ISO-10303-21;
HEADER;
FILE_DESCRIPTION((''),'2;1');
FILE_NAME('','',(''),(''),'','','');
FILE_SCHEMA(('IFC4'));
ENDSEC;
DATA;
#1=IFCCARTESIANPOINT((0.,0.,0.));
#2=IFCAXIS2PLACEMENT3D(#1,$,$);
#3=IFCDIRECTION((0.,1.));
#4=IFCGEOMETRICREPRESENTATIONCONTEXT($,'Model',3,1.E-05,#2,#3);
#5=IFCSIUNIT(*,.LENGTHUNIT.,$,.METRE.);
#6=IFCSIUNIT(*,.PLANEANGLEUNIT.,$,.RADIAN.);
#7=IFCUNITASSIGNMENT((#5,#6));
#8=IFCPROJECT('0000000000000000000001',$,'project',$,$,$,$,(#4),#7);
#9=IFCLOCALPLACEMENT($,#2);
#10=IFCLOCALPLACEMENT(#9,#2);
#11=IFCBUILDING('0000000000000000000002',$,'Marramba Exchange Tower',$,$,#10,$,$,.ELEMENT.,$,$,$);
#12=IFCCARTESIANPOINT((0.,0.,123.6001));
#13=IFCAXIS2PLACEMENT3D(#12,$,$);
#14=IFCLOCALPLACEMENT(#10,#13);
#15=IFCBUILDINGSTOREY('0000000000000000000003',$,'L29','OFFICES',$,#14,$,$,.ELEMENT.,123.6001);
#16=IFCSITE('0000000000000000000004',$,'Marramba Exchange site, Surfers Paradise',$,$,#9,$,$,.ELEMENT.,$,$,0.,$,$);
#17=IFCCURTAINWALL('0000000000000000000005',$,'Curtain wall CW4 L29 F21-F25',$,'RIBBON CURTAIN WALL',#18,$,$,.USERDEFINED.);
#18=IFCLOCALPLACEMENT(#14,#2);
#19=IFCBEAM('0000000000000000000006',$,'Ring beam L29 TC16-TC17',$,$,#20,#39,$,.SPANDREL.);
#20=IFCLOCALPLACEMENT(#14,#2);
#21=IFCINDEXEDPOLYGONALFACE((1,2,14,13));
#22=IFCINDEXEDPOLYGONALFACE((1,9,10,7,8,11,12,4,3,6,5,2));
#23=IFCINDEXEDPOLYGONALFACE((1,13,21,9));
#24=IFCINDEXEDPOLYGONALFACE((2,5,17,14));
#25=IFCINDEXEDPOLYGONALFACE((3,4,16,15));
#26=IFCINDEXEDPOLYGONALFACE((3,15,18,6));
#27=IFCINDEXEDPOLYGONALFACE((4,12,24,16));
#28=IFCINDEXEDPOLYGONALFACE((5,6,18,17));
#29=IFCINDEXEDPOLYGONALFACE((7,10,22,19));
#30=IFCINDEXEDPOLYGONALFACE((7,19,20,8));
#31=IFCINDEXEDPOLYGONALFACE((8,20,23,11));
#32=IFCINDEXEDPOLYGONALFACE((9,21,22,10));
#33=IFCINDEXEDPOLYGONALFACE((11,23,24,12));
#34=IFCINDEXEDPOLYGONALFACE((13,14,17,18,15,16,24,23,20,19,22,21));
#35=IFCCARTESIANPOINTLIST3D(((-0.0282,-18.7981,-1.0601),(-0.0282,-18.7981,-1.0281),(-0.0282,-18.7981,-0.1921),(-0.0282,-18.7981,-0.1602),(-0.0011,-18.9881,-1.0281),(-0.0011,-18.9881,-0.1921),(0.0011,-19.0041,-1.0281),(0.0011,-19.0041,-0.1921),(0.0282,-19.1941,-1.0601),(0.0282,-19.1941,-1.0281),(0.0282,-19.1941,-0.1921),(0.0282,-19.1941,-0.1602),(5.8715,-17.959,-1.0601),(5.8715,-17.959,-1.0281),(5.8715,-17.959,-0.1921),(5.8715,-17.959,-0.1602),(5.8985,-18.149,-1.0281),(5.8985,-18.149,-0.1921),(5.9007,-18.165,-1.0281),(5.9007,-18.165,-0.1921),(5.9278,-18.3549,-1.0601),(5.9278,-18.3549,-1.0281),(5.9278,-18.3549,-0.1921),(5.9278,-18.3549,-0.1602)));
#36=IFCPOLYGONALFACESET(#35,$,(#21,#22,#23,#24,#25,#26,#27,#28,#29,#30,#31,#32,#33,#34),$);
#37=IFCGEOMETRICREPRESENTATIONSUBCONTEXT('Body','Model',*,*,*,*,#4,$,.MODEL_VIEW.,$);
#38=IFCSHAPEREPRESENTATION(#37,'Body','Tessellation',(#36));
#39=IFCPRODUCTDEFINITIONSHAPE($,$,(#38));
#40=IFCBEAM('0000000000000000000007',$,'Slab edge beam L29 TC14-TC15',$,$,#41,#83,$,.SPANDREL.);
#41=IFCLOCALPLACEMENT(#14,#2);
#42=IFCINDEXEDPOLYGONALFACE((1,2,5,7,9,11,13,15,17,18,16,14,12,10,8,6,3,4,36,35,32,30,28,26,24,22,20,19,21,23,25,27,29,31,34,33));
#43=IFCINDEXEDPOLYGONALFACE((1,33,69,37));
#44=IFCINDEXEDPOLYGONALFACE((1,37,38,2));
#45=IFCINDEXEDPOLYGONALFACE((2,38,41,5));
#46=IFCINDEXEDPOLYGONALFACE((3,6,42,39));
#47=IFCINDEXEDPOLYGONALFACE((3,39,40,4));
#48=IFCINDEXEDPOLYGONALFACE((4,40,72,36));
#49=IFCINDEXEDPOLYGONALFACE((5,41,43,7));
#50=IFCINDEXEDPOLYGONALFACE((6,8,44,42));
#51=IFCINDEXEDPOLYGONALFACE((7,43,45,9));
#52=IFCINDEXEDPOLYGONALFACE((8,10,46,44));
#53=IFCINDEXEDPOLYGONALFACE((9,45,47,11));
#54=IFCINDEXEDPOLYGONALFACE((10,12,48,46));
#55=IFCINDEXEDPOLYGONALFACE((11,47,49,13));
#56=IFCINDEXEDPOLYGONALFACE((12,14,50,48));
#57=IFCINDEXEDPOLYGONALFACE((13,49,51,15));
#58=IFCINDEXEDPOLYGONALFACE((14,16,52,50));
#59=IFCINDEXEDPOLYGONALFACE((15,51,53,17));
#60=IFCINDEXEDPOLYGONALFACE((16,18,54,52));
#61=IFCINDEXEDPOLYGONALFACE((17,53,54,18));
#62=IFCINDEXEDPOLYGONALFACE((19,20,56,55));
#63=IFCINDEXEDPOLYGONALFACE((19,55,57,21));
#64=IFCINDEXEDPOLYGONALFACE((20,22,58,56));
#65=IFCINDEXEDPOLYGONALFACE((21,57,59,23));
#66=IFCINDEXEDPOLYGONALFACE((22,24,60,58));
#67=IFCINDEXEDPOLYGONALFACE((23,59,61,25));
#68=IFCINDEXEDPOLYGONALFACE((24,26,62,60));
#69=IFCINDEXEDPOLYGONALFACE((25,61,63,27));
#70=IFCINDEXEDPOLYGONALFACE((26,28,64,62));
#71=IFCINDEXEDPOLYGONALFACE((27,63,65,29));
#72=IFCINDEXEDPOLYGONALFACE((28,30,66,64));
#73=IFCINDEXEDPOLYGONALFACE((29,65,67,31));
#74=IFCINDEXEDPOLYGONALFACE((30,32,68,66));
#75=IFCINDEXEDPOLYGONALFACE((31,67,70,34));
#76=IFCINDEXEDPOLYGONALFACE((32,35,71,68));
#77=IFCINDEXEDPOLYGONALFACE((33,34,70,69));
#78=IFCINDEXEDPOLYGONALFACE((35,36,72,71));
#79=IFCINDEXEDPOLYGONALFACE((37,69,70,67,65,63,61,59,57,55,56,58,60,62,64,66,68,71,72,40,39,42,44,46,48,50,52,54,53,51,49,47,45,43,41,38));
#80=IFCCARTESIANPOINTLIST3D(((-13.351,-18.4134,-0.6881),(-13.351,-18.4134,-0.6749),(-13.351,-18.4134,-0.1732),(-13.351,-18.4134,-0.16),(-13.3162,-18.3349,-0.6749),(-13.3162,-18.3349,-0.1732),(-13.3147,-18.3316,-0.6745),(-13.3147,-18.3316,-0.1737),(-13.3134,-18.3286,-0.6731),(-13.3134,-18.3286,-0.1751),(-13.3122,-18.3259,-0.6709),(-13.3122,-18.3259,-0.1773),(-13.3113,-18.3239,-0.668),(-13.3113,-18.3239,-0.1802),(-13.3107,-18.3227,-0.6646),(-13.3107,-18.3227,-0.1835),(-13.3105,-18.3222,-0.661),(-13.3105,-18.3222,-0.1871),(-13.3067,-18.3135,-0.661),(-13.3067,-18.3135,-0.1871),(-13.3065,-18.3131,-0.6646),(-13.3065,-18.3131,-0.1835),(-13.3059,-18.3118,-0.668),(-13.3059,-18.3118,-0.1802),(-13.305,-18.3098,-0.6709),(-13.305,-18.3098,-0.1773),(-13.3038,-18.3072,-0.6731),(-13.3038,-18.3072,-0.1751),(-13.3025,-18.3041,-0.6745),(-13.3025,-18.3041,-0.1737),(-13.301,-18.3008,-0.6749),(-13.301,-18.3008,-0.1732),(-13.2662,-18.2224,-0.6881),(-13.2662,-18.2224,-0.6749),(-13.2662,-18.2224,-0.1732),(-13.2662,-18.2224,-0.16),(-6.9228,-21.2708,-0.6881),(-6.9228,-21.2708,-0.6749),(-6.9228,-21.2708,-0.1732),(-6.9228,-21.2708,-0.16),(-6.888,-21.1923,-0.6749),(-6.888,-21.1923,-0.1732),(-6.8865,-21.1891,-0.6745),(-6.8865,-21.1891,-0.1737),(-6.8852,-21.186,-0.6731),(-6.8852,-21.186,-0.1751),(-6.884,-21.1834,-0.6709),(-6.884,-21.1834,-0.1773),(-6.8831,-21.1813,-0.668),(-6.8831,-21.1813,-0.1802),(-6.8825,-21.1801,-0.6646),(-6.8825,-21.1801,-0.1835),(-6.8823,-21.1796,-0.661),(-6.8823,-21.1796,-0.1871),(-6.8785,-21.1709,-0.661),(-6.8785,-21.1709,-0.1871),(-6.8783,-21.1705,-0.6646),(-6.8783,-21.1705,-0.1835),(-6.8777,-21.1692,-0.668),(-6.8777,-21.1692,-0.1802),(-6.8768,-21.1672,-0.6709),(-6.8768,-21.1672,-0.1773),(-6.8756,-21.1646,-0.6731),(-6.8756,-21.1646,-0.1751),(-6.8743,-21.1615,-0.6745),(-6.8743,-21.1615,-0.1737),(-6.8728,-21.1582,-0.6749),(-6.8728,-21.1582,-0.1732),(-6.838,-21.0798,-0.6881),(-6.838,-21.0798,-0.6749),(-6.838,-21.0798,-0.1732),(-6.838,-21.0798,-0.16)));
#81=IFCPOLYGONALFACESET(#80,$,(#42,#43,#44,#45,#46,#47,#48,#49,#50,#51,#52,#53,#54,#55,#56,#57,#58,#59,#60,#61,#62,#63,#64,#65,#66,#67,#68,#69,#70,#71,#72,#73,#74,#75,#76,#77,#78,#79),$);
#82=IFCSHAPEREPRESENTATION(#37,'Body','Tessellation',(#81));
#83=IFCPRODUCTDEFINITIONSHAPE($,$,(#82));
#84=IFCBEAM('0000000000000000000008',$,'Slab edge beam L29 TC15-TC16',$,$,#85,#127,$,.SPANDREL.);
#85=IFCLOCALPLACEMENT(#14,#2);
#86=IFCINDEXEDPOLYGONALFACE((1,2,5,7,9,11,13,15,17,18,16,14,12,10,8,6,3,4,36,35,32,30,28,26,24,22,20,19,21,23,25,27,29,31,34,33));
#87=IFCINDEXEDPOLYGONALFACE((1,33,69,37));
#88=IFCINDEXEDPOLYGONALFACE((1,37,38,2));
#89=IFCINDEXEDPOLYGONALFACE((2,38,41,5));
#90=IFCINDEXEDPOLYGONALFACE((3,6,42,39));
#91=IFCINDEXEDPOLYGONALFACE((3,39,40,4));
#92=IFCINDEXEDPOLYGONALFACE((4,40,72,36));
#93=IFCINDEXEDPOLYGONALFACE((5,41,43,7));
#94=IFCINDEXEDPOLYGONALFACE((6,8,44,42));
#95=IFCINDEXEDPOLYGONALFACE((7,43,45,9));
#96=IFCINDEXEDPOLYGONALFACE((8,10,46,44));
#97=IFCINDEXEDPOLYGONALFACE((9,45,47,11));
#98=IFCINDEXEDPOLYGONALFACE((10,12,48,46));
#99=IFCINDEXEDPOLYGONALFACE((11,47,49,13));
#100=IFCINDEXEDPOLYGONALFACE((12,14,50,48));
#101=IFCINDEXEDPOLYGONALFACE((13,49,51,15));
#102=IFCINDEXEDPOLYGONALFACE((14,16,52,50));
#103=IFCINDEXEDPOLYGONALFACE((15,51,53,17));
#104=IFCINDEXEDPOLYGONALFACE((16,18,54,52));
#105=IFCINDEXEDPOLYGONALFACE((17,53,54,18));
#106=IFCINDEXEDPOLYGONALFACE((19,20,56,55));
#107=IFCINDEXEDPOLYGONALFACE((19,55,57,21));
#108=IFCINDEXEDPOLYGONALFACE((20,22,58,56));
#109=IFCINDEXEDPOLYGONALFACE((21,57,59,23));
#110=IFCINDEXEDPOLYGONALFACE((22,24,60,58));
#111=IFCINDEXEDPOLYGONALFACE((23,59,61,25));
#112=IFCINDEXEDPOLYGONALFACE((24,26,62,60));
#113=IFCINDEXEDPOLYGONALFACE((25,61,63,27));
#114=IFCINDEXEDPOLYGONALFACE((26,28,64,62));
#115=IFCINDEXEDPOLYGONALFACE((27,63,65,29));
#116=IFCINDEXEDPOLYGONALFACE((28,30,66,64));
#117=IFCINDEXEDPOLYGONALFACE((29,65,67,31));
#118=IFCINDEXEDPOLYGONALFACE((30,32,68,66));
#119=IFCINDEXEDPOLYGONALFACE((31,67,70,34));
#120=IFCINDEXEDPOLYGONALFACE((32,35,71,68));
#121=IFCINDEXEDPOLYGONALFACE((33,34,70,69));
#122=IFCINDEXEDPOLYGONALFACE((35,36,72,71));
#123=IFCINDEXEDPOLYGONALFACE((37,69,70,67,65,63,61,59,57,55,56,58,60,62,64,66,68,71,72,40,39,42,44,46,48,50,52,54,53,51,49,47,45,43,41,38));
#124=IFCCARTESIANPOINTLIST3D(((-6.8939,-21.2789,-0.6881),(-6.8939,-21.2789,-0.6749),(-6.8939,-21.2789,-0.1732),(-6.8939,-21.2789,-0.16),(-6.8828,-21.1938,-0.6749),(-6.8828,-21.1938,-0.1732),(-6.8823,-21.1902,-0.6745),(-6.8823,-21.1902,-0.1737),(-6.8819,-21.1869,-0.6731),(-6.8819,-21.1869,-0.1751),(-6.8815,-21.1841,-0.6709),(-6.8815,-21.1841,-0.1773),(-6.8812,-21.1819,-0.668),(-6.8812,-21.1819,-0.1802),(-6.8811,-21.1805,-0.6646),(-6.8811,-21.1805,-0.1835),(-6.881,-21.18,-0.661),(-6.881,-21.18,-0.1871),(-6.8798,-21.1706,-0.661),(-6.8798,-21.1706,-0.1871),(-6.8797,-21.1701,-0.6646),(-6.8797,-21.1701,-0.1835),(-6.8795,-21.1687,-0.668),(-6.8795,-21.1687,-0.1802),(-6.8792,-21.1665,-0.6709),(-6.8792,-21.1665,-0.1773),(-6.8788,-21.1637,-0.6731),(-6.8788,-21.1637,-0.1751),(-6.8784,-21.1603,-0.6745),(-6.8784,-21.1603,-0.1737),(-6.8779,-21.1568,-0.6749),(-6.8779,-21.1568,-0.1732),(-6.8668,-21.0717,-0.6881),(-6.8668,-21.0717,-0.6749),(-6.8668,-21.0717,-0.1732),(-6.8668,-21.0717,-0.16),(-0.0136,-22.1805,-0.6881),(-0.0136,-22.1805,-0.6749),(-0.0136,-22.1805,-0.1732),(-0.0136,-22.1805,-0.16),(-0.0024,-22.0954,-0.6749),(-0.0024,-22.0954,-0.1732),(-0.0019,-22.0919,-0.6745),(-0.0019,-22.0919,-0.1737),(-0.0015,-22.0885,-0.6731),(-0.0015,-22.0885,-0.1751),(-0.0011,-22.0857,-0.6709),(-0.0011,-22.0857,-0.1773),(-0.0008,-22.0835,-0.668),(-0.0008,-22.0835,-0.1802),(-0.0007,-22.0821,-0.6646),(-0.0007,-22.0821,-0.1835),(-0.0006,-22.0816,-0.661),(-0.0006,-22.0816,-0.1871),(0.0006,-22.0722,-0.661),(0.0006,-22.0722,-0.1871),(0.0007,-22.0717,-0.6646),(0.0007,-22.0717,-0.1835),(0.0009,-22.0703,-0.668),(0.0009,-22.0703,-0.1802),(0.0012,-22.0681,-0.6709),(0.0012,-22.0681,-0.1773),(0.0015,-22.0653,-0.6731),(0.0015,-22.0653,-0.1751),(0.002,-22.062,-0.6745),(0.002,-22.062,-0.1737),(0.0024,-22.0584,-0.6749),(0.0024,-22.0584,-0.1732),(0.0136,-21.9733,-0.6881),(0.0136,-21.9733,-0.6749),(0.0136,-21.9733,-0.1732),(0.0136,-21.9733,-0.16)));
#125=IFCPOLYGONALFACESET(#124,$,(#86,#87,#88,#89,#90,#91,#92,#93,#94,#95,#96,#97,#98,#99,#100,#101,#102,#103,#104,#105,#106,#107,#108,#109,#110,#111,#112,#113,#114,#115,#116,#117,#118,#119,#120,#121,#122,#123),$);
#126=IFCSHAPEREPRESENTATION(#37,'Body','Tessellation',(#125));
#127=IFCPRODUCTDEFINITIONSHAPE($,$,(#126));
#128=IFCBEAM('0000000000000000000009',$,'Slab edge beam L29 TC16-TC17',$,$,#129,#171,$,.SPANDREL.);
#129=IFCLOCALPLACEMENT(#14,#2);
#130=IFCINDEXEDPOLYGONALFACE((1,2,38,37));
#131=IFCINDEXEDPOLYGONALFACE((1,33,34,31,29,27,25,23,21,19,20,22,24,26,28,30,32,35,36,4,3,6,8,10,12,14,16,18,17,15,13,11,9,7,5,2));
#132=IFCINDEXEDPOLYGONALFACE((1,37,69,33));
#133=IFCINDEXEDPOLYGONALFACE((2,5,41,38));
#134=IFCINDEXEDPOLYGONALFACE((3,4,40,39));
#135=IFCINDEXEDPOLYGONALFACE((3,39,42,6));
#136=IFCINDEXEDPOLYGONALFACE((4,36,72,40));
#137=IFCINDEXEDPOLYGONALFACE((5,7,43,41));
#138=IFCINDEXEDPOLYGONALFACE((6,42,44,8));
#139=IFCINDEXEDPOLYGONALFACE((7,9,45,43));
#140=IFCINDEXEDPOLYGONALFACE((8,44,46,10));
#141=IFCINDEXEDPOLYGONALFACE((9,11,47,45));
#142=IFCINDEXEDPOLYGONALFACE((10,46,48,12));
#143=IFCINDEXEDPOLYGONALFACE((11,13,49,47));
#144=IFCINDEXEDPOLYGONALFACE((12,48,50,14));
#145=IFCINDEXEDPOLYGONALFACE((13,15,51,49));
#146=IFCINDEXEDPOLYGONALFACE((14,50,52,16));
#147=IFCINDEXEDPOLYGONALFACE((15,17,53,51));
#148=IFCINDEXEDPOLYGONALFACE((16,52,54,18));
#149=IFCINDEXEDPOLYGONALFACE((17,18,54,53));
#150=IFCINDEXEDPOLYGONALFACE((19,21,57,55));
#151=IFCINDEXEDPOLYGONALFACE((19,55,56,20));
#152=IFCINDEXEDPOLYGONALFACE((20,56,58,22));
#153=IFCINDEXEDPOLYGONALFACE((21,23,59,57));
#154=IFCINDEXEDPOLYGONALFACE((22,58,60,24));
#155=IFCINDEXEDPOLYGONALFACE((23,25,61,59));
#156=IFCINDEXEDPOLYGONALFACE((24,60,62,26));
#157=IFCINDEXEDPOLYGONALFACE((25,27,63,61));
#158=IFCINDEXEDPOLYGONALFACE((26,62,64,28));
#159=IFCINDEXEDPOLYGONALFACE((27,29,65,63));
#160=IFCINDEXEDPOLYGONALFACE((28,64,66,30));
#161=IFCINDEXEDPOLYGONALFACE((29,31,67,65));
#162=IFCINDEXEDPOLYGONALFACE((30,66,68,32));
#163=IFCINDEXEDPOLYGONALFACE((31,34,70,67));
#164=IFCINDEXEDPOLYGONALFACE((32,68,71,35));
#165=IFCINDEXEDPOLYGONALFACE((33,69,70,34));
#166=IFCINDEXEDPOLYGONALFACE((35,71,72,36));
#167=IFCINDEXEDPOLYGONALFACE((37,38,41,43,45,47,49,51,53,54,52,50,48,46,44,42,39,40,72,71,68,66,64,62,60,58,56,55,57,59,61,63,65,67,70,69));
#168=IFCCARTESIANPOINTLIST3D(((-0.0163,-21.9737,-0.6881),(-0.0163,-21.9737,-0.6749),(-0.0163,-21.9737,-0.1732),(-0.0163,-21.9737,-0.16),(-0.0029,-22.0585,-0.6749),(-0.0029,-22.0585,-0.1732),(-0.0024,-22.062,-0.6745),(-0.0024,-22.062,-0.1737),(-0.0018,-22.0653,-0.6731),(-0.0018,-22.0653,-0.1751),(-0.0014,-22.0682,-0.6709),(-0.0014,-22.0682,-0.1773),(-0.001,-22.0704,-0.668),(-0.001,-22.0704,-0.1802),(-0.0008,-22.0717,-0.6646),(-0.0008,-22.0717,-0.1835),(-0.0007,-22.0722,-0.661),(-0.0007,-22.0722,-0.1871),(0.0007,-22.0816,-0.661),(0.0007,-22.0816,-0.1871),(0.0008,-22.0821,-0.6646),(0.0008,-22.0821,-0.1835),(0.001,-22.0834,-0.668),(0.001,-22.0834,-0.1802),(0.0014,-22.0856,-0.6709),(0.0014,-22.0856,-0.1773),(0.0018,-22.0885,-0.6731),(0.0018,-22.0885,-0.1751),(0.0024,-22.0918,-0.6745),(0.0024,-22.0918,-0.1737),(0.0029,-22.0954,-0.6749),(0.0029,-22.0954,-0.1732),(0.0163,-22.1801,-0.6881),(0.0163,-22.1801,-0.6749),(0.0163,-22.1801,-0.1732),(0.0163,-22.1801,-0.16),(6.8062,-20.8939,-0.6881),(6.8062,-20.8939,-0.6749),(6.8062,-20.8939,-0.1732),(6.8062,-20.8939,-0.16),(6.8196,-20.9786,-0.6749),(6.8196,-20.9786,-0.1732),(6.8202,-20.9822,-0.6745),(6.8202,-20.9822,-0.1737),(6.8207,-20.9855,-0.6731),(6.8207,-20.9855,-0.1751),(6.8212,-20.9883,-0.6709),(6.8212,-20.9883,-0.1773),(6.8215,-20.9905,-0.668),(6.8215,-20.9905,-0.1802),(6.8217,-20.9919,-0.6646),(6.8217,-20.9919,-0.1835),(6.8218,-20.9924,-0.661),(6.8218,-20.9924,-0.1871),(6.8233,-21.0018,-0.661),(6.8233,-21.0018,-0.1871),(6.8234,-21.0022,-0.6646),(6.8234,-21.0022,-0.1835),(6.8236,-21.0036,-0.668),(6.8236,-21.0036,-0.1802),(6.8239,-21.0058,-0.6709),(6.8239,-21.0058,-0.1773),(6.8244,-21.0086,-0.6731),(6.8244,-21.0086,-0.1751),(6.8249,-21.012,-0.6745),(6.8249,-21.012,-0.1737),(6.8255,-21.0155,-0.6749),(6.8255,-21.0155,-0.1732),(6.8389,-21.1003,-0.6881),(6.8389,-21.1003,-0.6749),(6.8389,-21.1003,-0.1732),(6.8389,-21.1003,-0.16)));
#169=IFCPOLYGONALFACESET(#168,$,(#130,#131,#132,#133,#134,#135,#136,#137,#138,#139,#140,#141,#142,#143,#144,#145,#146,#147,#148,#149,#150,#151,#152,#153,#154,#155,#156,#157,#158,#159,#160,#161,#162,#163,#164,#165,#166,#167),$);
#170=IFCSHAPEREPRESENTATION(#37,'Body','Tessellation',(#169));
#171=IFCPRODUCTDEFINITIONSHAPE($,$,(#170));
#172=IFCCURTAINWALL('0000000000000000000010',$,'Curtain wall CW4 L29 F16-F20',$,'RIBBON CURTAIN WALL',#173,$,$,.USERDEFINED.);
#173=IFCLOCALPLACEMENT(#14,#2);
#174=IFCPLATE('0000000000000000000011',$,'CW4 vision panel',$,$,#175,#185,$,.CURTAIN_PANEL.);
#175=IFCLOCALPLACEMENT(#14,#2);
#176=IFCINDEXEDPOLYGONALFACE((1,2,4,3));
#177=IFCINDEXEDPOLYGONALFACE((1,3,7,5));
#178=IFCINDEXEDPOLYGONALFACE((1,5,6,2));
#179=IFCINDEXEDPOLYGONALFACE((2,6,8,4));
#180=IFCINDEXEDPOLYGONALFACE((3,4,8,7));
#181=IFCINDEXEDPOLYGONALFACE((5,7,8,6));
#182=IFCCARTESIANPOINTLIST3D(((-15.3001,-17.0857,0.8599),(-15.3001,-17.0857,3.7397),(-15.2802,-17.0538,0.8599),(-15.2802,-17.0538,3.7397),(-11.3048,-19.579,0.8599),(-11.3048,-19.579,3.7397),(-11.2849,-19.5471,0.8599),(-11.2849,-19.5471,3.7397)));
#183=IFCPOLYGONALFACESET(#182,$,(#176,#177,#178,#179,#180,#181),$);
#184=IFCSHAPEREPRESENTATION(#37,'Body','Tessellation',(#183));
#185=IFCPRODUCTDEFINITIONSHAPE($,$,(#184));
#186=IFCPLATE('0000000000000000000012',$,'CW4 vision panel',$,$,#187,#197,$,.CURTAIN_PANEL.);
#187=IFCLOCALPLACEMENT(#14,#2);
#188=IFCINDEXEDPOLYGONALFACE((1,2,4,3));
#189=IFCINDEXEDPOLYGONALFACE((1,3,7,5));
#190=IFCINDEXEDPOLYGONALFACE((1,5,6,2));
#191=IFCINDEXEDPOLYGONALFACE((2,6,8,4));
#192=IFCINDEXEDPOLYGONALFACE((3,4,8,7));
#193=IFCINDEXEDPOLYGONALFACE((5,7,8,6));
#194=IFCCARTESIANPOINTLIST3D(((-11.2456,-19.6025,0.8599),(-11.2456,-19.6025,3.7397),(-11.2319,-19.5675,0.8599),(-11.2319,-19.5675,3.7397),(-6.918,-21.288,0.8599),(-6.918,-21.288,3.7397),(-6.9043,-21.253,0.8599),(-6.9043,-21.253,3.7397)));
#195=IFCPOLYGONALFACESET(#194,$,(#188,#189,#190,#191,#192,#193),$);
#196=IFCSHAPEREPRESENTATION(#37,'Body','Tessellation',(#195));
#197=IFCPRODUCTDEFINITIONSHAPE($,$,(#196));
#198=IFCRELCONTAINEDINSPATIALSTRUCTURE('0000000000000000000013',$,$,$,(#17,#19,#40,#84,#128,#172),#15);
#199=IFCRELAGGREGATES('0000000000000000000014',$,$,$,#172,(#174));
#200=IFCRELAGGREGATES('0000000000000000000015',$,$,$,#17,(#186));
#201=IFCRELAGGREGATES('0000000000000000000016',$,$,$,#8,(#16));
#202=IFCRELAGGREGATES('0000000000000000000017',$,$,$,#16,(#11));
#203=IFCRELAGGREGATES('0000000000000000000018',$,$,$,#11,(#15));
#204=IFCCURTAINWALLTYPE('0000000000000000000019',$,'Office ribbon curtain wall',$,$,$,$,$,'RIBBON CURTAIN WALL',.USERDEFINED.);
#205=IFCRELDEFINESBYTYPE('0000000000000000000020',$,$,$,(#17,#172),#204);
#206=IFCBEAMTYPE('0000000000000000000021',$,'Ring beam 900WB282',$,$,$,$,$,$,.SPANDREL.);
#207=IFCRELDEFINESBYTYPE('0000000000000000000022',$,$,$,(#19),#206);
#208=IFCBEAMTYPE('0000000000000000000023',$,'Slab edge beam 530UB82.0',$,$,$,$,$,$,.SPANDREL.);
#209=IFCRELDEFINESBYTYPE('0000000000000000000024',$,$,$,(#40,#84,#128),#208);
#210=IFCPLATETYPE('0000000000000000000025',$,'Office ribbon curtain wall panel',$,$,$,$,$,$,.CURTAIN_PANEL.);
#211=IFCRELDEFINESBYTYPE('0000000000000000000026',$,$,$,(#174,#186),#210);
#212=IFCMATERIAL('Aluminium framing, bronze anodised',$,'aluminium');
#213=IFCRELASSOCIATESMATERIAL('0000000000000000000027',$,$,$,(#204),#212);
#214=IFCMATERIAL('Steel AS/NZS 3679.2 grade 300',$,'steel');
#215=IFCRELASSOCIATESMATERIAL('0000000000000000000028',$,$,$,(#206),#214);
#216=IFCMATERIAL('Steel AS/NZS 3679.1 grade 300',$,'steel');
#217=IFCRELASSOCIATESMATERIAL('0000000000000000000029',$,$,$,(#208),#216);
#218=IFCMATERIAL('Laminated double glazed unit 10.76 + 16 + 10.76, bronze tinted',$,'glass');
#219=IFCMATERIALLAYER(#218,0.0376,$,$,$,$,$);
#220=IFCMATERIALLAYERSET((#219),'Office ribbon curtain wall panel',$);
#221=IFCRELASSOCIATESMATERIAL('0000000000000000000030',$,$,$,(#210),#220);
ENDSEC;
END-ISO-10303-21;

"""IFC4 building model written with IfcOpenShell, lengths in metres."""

from ifc_helpers import new_model, si_unit, direction, frame, origin, origin_2d, place, context, subcontext, project, spatial, rectangle, i_section, extrude, material, layer, layer_set, material_profile, profile_set, type_object, element, aggregate, save


model = new_model("IFC4")

# Units and contexts
model_context = context("Model", 3, precision=1e-05, world=origin(), true_north=direction((0.0, 1.0)))
body_context = subcontext(model_context, "Body", "Model", "MODEL_VIEW")
ifc_project = project(units=[si_unit("LENGTHUNIT", "METRE"), si_unit("PLANEANGLEUNIT", "RADIAN")], contexts=[model_context])

# Site, building, storey
site_placement = place(None, origin())
site = spatial("IfcSite", under=ifc_project, at=site_placement, Name="Marramba Exchange site, Surfers Paradise", CompositionType="ELEMENT", RefElevation=0.0)
building_placement = place(site_placement, origin())
building = spatial("IfcBuilding", under=site, at=building_placement, Name="Marramba Exchange Tower", CompositionType="ELEMENT")
storey_placement = place(building_placement, frame((0.0, 0.0, 123.6001)))
storey = spatial("IfcBuildingStorey", under=building, at=storey_placement, Name="L29", Description="OFFICES", CompositionType="ELEMENT", Elevation=123.6001)

# Shared definitions
ifc_material_1 = material(Name="Steel AS/NZS 3679.2 grade 300", Category="steel")

# Curtain wall
ifc_material_2 = material(Name="Aluminium framing, bronze anodised", Category="aluminium")
curtain_wall_type = type_object("IfcCurtainWallType", Name="Office ribbon curtain wall", ElementType="RIBBON CURTAIN WALL", PredefinedType="USERDEFINED", material=ifc_material_2)
curtain_wall_1_placement = place(storey_placement, origin())
curtain_wall_1 = element("IfcCurtainWall", 1, at=curtain_wall_1_placement, inside=storey, type_object=curtain_wall_type, Name="Curtain wall CW4 L29 F21-F25", ObjectType="RIBBON CURTAIN WALL", PredefinedType="USERDEFINED")

# Beams
ifc_material_profile_1 = material_profile(ifc_material_1, i_section(OverallWidth=0.3999, OverallDepth=0.8999, WebThickness=0.0161, FlangeThickness=0.032, at=origin_2d()), Name="900WB282")
ifc_profile_set_1 = profile_set([ifc_material_profile_1], Name="Steel AS/NZS 3679.2 grade 300")
beam_type_1 = type_object("IfcBeamType", Name="Ring beam 900WB282", PredefinedType="SPANDREL", material=ifc_profile_set_1)
for number, where, z_axis, x_axis, name in (
    (2, (0.0, -18.9961, -0.6101), (0.990036, 0.140813, 0.0), (-0.140813, 0.990036, 0.0), "Ring beam L29 TC16-TC17"),
):
    element("IfcBeam", number, at=place(storey_placement, frame(where, z_axis=z_axis, x_axis=x_axis)), inside=storey, type_object=beam_type_1, Name=name, PredefinedType="SPANDREL", context=body_context, shape_type="SweptSolid", body=[
        extrude(i_section(OverallWidth=0.3999, OverallDepth=0.8999, WebThickness=0.0161, FlangeThickness=0.032, at=origin_2d()), origin(), (0.0, 0.0, 1.0), 5.959),
    ])
ifc_material_3 = material(Name="Steel AS/NZS 3679.1 grade 300", Category="steel")
ifc_material_profile_2 = material_profile(ifc_material_3, i_section(OverallWidth=0.209, OverallDepth=0.5281, WebThickness=0.0095, FlangeThickness=0.0132, FilletRadius=0.0139, at=origin_2d()), Name="530UB82.0")
ifc_profile_set_2 = profile_set([ifc_material_profile_2], Name="Steel AS/NZS 3679.1 grade 300")
beam_type_2 = type_object("IfcBeamType", Name="Slab edge beam 530UB82.0", PredefinedType="SPANDREL", material=ifc_profile_set_2)
beam_1_placement = place(storey_placement, frame((-13.3086, -18.3179, -0.4241), z_axis=(0.913789, -0.40619, 0.0), x_axis=(0.40619, 0.913789, 0.0)))
element("IfcBeam", 3, at=beam_1_placement, inside=storey, type_object=beam_type_2, Name="Slab edge beam L29 TC14-TC15", PredefinedType="SPANDREL", context=body_context, shape_type="SweptSolid", body=[
    extrude(i_section(OverallWidth=0.209, OverallDepth=0.5281, WebThickness=0.0095, FlangeThickness=0.0132, FilletRadius=0.0139, at=origin_2d()), origin(), (0.0, 0.0, 1.0), 7.0347),
])
beam_2_placement = place(storey_placement, frame((-6.8804, -21.1753, -0.4241), z_axis=(0.991523, -0.12993, 0.0), x_axis=(0.12993, 0.991523, 0.0)))
element("IfcBeam", 4, at=beam_2_placement, inside=storey, type_object=beam_type_2, Name="Slab edge beam L29 TC15-TC16", PredefinedType="SPANDREL", context=body_context, shape_type="SweptSolid", body=[
    extrude(i_section(OverallWidth=0.209, OverallDepth=0.5281, WebThickness=0.0095, FlangeThickness=0.0132, FilletRadius=0.0139, at=origin_2d()), origin(), (0.0, 0.0, 1.0), 6.9392),
])
beam_3_placement = place(storey_placement, frame((0.0, -22.0769, -0.4241), z_axis=(0.987705, 0.156329, 0.0), x_axis=(-0.156329, 0.987705, 0.0)))
element("IfcBeam", 5, at=beam_3_placement, inside=storey, type_object=beam_type_2, Name="Slab edge beam L29 TC16-TC17", PredefinedType="SPANDREL", context=body_context, shape_type="SweptSolid", body=[
    extrude(i_section(OverallWidth=0.209, OverallDepth=0.5281, WebThickness=0.0095, FlangeThickness=0.0132, FilletRadius=0.0139, at=origin_2d()), origin(), (0.0, 0.0, 1.0), 6.9075),
])

# Curtain wall, plate
curtain_wall_2_placement = place(storey_placement, origin())
curtain_wall_2 = element("IfcCurtainWall", 6, at=curtain_wall_2_placement, inside=storey, type_object=curtain_wall_type, Name="Curtain wall CW4 L29 F16-F20", ObjectType="RIBBON CURTAIN WALL", PredefinedType="USERDEFINED")
ifc_material_4 = material(Name="Laminated double glazed unit 10.76 + 16 + 10.76, bronze tinted", Category="glass")
ifc_layer_1 = layer(ifc_material_4, 0.0376)
ifc_layer_set_1 = layer_set([ifc_layer_1], Name="Office ribbon curtain wall panel")
plate_type = type_object("IfcPlateType", Name="Office ribbon curtain wall panel", PredefinedType="CURTAIN_PANEL", material=ifc_layer_set_1)
plate_1_placement = place(storey_placement, frame((-13.2925, -18.3164, 0.8599), z_axis=(0.0, 0.0, 1.0), x_axis=(0.848355, -0.529428, 0.0)))
plate_1 = element("IfcPlate", 7, at=plate_1_placement, type_object=plate_type, Name="CW4 vision panel", PredefinedType="CURTAIN_PANEL", context=body_context, shape_type="SweptSolid", body=[
    extrude(rectangle(XDim=4.7095, YDim=0.0376, at=origin_2d()), origin(), (0.0, 0.0, 1.0), 2.8799),
])
aggregate(curtain_wall_2, [plate_1])

# Plate
plate_2_placement = place(storey_placement, frame((-9.075, -20.4277, 0.8599), z_axis=(0.0, 0.0, 1.0), x_axis=(0.931818, -0.362925, 0.0)))
plate_2 = element("IfcPlate", 8, at=plate_2_placement, type_object=plate_type, Name="CW4 vision panel", PredefinedType="CURTAIN_PANEL", context=body_context, shape_type="SweptSolid", body=[
    extrude(rectangle(XDim=4.6443, YDim=0.0376, at=origin_2d()), origin(), (0.0, 0.0, 1.0), 2.8799),
])
aggregate(curtain_wall_1, [plate_2])

save(model, "model.ifc")
